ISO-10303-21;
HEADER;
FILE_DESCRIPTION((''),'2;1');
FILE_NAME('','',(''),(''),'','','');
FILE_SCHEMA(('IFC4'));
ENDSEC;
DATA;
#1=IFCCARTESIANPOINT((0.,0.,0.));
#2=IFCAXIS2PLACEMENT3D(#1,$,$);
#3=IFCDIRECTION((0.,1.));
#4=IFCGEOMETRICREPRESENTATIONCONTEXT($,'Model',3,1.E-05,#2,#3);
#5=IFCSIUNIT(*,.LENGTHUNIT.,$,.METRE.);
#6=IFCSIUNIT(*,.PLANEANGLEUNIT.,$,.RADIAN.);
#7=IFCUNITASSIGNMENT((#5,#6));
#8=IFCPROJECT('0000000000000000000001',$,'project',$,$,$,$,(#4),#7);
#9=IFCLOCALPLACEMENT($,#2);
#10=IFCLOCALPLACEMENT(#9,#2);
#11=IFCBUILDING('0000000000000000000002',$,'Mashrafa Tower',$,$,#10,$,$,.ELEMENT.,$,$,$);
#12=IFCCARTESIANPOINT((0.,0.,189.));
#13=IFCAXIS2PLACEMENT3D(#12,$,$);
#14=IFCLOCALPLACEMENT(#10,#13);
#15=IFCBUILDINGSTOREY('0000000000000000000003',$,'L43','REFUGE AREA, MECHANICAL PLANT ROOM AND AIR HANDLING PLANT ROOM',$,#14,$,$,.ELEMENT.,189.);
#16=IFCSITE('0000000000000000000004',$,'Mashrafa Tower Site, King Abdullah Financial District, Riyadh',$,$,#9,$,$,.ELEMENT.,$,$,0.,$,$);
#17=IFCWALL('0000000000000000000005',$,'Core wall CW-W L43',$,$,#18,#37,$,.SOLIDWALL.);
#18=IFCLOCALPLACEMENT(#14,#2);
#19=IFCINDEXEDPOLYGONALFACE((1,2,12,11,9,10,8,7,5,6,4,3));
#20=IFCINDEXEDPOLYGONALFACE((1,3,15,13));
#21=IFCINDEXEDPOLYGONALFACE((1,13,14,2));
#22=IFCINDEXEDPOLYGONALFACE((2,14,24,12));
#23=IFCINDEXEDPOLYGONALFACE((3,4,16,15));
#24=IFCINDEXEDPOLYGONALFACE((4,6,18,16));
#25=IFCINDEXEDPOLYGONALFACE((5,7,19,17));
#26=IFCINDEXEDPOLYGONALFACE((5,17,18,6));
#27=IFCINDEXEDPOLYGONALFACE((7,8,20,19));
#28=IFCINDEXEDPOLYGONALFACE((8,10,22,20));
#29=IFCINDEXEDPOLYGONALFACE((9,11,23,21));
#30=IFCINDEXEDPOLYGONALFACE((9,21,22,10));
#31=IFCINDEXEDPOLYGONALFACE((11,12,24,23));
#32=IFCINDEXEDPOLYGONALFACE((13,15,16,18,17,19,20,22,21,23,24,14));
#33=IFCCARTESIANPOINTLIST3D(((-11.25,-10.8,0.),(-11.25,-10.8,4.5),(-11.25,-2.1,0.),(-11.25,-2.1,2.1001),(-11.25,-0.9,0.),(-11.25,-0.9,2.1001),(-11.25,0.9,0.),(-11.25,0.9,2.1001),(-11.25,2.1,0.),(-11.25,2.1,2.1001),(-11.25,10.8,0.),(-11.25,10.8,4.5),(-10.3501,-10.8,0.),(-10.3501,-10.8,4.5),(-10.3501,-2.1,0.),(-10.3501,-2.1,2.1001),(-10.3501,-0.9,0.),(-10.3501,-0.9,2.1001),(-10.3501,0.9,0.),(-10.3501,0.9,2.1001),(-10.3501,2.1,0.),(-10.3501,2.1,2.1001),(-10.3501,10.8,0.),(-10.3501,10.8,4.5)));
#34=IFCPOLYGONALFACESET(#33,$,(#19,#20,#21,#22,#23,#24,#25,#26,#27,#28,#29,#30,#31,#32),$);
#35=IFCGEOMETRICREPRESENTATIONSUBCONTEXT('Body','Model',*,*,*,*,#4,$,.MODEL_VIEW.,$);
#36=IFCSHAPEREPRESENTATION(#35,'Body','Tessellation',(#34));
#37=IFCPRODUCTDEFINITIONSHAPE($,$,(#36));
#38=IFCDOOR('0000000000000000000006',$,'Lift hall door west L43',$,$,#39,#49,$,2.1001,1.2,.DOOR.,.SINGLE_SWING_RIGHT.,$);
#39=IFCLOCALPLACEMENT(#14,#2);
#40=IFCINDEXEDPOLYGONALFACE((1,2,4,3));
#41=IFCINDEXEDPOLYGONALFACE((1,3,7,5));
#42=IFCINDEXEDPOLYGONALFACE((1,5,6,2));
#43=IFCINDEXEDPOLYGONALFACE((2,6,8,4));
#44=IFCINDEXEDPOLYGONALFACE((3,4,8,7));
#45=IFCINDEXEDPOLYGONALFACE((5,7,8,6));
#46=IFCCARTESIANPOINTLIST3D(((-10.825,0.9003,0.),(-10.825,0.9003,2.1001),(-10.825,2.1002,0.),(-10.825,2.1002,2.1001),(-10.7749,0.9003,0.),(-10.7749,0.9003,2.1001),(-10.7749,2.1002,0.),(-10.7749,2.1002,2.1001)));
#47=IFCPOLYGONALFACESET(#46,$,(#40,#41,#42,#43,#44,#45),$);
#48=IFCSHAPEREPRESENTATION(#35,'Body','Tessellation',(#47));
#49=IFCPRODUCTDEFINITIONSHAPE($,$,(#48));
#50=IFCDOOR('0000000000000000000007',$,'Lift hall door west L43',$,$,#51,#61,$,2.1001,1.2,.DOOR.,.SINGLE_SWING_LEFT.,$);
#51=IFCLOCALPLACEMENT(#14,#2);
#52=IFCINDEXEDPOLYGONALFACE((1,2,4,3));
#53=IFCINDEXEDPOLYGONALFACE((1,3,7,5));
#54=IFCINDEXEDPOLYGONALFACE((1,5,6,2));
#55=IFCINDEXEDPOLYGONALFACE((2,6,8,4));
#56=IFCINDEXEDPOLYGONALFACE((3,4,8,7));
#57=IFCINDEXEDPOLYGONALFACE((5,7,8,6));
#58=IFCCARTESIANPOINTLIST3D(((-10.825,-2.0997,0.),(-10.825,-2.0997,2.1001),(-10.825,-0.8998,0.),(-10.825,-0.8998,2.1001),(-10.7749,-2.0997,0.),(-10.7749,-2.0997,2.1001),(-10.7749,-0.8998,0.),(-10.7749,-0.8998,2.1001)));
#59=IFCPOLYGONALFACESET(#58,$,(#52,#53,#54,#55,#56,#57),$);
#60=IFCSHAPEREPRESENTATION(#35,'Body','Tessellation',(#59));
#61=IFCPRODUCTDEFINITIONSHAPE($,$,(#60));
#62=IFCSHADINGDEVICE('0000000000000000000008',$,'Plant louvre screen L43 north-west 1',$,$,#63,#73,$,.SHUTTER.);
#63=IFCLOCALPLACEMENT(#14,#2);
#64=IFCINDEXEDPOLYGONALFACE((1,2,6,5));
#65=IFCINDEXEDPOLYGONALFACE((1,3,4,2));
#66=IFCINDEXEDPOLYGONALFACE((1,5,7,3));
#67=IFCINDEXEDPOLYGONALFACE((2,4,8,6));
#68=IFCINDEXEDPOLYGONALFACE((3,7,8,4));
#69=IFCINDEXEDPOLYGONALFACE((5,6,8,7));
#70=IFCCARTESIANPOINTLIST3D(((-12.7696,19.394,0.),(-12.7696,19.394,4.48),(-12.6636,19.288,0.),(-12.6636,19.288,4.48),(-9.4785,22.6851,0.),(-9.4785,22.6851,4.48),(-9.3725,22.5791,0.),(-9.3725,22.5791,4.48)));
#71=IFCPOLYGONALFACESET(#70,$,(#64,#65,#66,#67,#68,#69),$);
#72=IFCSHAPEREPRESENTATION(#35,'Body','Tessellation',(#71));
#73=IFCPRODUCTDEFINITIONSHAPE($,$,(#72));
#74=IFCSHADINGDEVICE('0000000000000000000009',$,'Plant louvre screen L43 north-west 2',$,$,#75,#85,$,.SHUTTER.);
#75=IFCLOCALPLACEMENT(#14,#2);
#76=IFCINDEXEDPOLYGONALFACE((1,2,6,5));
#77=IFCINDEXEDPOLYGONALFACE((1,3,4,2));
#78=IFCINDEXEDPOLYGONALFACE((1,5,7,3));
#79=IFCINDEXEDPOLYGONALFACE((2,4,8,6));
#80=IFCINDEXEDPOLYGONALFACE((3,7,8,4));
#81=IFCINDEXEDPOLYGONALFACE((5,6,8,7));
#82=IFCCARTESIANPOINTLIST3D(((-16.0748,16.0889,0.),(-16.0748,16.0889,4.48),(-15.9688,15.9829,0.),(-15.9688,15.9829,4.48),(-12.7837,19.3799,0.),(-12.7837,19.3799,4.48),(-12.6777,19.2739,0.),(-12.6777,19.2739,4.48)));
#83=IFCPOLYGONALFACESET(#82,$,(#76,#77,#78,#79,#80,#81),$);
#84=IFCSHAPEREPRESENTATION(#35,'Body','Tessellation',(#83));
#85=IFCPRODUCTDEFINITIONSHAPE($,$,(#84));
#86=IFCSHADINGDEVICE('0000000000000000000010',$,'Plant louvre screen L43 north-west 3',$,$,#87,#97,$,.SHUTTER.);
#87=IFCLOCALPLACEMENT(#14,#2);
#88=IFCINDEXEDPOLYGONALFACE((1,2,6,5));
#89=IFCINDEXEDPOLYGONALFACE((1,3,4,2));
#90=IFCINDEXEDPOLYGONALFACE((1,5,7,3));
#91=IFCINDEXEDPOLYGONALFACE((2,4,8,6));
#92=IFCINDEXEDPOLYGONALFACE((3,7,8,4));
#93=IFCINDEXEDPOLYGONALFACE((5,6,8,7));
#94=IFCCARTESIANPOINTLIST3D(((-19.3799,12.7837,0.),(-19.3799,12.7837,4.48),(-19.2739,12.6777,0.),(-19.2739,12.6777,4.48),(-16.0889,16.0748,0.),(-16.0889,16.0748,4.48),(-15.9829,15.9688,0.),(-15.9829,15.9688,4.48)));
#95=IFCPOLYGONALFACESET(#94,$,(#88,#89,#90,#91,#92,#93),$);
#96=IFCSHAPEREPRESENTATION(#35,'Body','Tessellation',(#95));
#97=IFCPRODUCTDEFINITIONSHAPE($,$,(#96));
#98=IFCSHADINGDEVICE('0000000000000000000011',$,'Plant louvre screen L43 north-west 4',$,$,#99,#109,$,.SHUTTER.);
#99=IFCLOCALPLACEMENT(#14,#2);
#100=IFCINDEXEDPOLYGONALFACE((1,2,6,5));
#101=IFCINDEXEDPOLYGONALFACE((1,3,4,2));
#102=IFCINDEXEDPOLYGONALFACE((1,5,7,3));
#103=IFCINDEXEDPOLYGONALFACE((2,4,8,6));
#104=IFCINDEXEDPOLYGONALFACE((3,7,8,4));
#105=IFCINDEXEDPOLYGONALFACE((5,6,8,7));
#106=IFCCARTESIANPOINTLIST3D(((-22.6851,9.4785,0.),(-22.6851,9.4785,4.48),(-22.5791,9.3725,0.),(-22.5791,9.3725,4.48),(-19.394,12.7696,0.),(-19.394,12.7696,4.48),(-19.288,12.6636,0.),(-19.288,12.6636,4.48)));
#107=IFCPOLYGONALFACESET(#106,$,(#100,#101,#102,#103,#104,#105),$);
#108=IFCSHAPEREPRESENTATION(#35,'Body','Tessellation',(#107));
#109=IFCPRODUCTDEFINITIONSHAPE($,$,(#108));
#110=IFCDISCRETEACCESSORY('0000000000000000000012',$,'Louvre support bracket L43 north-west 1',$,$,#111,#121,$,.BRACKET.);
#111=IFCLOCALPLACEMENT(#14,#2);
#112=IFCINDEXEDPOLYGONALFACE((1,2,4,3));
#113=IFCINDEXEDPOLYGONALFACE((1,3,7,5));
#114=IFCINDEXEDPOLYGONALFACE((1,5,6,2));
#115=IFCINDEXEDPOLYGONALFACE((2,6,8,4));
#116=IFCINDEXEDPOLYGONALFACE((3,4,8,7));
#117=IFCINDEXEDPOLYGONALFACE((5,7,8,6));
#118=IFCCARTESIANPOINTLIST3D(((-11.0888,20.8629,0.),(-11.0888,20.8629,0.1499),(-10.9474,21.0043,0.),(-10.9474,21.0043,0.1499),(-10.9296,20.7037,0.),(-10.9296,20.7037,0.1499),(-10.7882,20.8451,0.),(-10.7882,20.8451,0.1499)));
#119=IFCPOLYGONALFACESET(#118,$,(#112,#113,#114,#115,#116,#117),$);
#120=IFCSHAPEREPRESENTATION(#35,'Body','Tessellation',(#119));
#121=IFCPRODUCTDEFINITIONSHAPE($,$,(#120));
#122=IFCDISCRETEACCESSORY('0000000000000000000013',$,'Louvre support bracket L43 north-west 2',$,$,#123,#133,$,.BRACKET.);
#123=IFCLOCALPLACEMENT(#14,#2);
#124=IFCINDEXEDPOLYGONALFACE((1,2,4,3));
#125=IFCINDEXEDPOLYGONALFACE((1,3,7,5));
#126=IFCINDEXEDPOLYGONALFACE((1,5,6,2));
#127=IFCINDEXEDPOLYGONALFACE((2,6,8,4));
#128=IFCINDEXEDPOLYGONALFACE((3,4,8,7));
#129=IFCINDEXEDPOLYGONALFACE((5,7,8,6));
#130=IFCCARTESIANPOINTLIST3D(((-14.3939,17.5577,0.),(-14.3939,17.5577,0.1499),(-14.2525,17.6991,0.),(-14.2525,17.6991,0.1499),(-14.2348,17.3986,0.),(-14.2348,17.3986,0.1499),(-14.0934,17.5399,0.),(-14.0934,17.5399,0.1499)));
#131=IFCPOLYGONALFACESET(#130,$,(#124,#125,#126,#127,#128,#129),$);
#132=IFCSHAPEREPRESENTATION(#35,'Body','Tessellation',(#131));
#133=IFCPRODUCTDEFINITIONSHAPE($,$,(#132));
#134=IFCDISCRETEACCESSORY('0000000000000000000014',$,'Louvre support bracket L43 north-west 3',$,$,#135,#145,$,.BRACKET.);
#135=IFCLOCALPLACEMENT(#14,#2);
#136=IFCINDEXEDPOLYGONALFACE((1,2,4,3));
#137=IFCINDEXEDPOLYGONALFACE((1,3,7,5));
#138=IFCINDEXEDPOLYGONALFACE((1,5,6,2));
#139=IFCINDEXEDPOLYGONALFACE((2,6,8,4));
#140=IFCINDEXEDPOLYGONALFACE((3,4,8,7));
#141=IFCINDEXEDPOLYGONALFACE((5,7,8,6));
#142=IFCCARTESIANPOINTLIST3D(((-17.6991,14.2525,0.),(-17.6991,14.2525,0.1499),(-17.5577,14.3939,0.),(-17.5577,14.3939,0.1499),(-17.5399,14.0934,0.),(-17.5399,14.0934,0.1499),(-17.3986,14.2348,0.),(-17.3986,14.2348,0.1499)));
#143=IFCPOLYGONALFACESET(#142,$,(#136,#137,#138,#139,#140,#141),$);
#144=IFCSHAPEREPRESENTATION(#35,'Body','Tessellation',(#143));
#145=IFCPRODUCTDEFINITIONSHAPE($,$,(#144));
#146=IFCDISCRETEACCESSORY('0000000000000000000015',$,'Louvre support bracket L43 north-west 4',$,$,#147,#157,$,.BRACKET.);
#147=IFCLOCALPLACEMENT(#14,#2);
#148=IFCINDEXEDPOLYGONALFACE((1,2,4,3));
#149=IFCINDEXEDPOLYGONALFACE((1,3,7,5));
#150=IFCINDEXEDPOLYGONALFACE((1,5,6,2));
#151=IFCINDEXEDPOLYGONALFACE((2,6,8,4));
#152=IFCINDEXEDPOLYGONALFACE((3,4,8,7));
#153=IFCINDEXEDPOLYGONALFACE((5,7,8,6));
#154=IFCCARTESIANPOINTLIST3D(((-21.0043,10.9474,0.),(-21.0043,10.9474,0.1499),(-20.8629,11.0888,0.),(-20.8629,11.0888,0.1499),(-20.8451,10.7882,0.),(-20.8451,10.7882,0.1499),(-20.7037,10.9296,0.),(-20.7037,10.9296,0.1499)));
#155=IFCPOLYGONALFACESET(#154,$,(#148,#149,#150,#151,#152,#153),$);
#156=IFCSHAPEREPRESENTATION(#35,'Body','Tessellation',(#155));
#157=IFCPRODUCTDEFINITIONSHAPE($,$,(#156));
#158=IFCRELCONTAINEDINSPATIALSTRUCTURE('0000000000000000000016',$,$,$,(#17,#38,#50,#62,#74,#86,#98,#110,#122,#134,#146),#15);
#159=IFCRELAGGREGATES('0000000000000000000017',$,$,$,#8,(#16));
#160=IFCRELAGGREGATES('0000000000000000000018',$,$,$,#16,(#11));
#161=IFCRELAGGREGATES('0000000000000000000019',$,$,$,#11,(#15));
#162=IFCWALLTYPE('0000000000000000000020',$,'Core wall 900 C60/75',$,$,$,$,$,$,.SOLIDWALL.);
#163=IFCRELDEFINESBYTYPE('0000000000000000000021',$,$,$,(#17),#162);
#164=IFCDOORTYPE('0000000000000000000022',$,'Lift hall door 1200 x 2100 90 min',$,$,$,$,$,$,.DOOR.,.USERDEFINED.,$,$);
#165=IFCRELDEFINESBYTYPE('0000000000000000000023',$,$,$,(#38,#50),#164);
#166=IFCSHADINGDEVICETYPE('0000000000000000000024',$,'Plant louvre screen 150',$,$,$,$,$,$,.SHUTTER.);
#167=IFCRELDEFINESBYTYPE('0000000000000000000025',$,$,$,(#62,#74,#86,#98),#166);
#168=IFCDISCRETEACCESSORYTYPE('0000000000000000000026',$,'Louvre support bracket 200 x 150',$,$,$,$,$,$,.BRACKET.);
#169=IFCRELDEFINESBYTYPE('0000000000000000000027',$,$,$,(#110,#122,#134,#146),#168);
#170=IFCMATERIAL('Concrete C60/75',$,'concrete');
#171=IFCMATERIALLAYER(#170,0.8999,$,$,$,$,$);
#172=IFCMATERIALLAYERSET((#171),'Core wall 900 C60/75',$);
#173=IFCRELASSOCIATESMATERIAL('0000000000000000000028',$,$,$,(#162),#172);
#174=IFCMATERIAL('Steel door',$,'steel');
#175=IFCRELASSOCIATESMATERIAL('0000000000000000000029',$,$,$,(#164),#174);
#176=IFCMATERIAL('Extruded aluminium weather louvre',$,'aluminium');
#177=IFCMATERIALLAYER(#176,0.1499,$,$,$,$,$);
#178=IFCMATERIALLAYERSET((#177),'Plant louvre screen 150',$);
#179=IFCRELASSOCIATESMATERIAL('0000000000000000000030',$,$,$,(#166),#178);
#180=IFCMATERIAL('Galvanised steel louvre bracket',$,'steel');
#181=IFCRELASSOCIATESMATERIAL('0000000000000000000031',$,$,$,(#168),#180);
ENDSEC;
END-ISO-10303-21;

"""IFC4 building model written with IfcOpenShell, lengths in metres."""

from ifc_helpers import new_model, si_unit, direction, frame, frame_2d, origin, origin_2d, place, context, subcontext, project, spatial, rectangle, extrude, source, transform, mapped, material, layer, layer_set, type_object, type_shapes, element, fill, save


model = new_model("IFC4")

# Units and contexts
model_context = context("Model", 3, precision=1e-05, world=origin(), true_north=direction((0.0, 1.0)))
body_context = subcontext(model_context, "Body", "Model", "MODEL_VIEW")
ifc_project = project(units=[si_unit("LENGTHUNIT", "METRE"), si_unit("PLANEANGLEUNIT", "RADIAN")], contexts=[model_context])

# Site, building, storey
site_placement = place(None, origin())
site = spatial("IfcSite", under=ifc_project, at=site_placement, Name="Mashrafa Tower Site, King Abdullah Financial District, Riyadh", CompositionType="ELEMENT", RefElevation=0.0)
building_placement = place(site_placement, origin())
building = spatial("IfcBuilding", under=site, at=building_placement, Name="Mashrafa Tower", CompositionType="ELEMENT")
storey_placement = place(building_placement, frame((0.0, 0.0, 189.0)))
storey = spatial("IfcBuildingStorey", under=building, at=storey_placement, Name="L43", Description="REFUGE AREA, MECHANICAL PLANT ROOM AND AIR HANDLING PLANT ROOM", CompositionType="ELEMENT", Elevation=189.0)

# Wall, openings, doors
ifc_material_1 = material(Name="Concrete C60/75", Category="concrete")
ifc_layer_1 = layer(ifc_material_1, 0.8999)
ifc_layer_set_1 = layer_set([ifc_layer_1], Name="Core wall 900 C60/75")
wall_type_1 = type_object("IfcWallType", Name="Core wall 900 C60/75", PredefinedType="SOLIDWALL", material=ifc_layer_set_1)
wall_1_placement = place(storey_placement, frame((-10.8, 10.8, 0.0), z_axis=(0.0, 0.0, 1.0), x_axis=(0.0, -1.0, 0.0)))
wall_1 = element("IfcWall", 1, at=wall_1_placement, inside=storey, type_object=wall_type_1, Name="Core wall CW-W L43", PredefinedType="SOLIDWALL", context=body_context, shape_type="SweptSolid", body=[
    extrude(rectangle(XDim=21.6001, YDim=0.8999, at=frame_2d((10.8, 0.0))), origin(), (0.0, 0.0, 1.0), 4.5),
])
opening_1_placement = place(wall_1_placement, frame((8.7, 0.0, 0.0)))
opening_1 = element("IfcOpeningElement", 2, at=opening_1_placement, cuts=wall_1, PredefinedType="OPENING", context=body_context, shape_type="SweptSolid", body=[
    extrude(rectangle(XDim=1.2, YDim=2.1001, at=frame_2d((0.6001, 1.05))), frame((0.0, 0.46, 0.0), z_axis=(0.0, -1.0, 0.0), x_axis=(1.0, 0.0, 0.0)), (0.0, 0.0, 1.0), 0.9199),
])
opening_2_placement = place(wall_1_placement, frame((11.7, 0.0, 0.0)))
opening_2 = element("IfcOpeningElement", 3, at=opening_2_placement, cuts=wall_1, PredefinedType="OPENING", context=body_context, shape_type="SweptSolid", body=[
    extrude(rectangle(XDim=1.2, YDim=2.1001, at=frame_2d((0.6001, 1.05))), frame((0.0, 0.46, 0.0), z_axis=(0.0, -1.0, 0.0), x_axis=(1.0, 0.0, 0.0)), (0.0, 0.0, 1.0), 0.9199),
])
ifc_material_2 = material(Name="Steel door", Category="steel")
door_type_1 = type_object("IfcDoorType", Name="Lift hall door 1200 x 2100 90 min", OperationType="USERDEFINED", PredefinedType="DOOR", material=ifc_material_2)
door_1_placement = place(opening_1_placement, frame((1.2, 0.0, 0.0), z_axis=(0.0, 0.0, 1.0), x_axis=(-1.0, 0.0, 0.0)))
door_1 = element("IfcDoor", 4, at=door_1_placement, inside=storey, type_object=door_type_1, Name="Lift hall door west L43", OperationType="SINGLE_SWING_RIGHT", OverallHeight=2.1001, OverallWidth=1.2, PredefinedType="DOOR", context=body_context, shape_type="SweptSolid", body=[
    extrude(rectangle(XDim=1.2, YDim=2.1001, at=frame_2d((0.6001, 1.05))), frame((0.0, 0.0249, 0.0), z_axis=(0.0, -1.0, 0.0), x_axis=(1.0, 0.0, 0.0)), (0.0, 0.0, 1.0), 0.05),
])
fill(opening_1, door_1)
door_2_placement = place(opening_2_placement, frame((1.2, 0.0, 0.0), z_axis=(0.0, 0.0, 1.0), x_axis=(-1.0, 0.0, 0.0)))
door_2 = element("IfcDoor", 5, at=door_2_placement, inside=storey, type_object=door_type_1, Name="Lift hall door west L43", OperationType="SINGLE_SWING_LEFT", OverallHeight=2.1001, OverallWidth=1.2, PredefinedType="DOOR", context=body_context, shape_type="SweptSolid", body=[
    extrude(rectangle(XDim=1.2, YDim=2.1001, at=frame_2d((0.6001, 1.05))), frame((0.0, 0.0249, 0.0), z_axis=(0.0, -1.0, 0.0), x_axis=(1.0, 0.0, 0.0)), (0.0, 0.0, 1.0), 0.05),
])
fill(opening_2, door_2)

# Shading devices
ifc_material_3 = material(Name="Extruded aluminium weather louvre", Category="aluminium")
ifc_layer_2 = layer(ifc_material_3, 0.1499)
ifc_layer_set_2 = layer_set([ifc_layer_2], Name="Plant louvre screen 150")
shading_device_type = type_object("IfcShadingDeviceType", Name="Plant louvre screen 150", PredefinedType="SHUTTER", material=ifc_layer_set_2)
shared_shape_1 = source(origin(), body_context, "Body", "SweptSolid", [
    extrude(rectangle(XDim=4.6543, YDim=0.1499, at=origin_2d()), origin(), (0.0, 0.0, 1.0), 4.48),
])
type_shapes(shading_device_type, [shared_shape_1])
for number, where, z_axis, x_axis, name in (
    (6, (-11.071, 20.9866, 0.0), (0.0, 0.0, 1.0), (-0.707107, -0.707107, 0.0), "Plant louvre screen L43 north-west 1"),
    (7, (-14.3762, 17.6814, 0.0), (0.0, 0.0, 1.0), (-0.707107, -0.707107, 0.0), "Plant louvre screen L43 north-west 2"),
    (8, (-17.6814, 14.3762, 0.0), (0.0, 0.0, 1.0), (-0.707107, -0.707107, 0.0), "Plant louvre screen L43 north-west 3"),
    (9, (-20.9866, 11.071, 0.0), (0.0, 0.0, 1.0), (-0.707107, -0.707107, 0.0), "Plant louvre screen L43 north-west 4"),
):
    element("IfcShadingDevice", number, at=place(storey_placement, frame(where, z_axis=z_axis, x_axis=x_axis)), inside=storey, type_object=shading_device_type, Name=name, PredefinedType="SHUTTER", context=body_context, shape_type="MappedRepresentation", body=[
        mapped(shared_shape_1, transform((0.0, 0.0, 0.0))),
    ])

# Discrete accessories
ifc_material_4 = material(Name="Galvanised steel louvre bracket", Category="steel")
discrete_accessory_type = type_object("IfcDiscreteAccessoryType", Name="Louvre support bracket 200 x 150", PredefinedType="BRACKET", material=ifc_material_4)
shared_shape_2 = source(origin(), body_context, "Body", "SweptSolid", [
    extrude(rectangle(XDim=0.2, YDim=0.2251, at=origin_2d()), origin(), (0.0, 0.0, 1.0), 0.1499),
])
type_shapes(discrete_accessory_type, [shared_shape_2])
for number, where, z_axis, x_axis, name in (
    (10, (-10.9385, 20.854, 0.0), (0.0, 0.0, 1.0), (-0.707107, -0.707107, 0.0), "Louvre support bracket L43 north-west 1"),
    (11, (-14.2437, 17.5488, 0.0), (0.0, 0.0, 1.0), (-0.707107, -0.707107, 0.0), "Louvre support bracket L43 north-west 2"),
    (12, (-17.5488, 14.2437, 0.0), (0.0, 0.0, 1.0), (-0.707107, -0.707107, 0.0), "Louvre support bracket L43 north-west 3"),
    (13, (-20.854, 10.9385, 0.0), (0.0, 0.0, 1.0), (-0.707107, -0.707107, 0.0), "Louvre support bracket L43 north-west 4"),
):
    element("IfcDiscreteAccessory", number, at=place(storey_placement, frame(where, z_axis=z_axis, x_axis=x_axis)), inside=storey, type_object=discrete_accessory_type, Name=name, PredefinedType="BRACKET", context=body_context, shape_type="MappedRepresentation", body=[
        mapped(shared_shape_2, transform((0.0, 0.0, 0.0))),
    ])

save(model, "model.ifc")
